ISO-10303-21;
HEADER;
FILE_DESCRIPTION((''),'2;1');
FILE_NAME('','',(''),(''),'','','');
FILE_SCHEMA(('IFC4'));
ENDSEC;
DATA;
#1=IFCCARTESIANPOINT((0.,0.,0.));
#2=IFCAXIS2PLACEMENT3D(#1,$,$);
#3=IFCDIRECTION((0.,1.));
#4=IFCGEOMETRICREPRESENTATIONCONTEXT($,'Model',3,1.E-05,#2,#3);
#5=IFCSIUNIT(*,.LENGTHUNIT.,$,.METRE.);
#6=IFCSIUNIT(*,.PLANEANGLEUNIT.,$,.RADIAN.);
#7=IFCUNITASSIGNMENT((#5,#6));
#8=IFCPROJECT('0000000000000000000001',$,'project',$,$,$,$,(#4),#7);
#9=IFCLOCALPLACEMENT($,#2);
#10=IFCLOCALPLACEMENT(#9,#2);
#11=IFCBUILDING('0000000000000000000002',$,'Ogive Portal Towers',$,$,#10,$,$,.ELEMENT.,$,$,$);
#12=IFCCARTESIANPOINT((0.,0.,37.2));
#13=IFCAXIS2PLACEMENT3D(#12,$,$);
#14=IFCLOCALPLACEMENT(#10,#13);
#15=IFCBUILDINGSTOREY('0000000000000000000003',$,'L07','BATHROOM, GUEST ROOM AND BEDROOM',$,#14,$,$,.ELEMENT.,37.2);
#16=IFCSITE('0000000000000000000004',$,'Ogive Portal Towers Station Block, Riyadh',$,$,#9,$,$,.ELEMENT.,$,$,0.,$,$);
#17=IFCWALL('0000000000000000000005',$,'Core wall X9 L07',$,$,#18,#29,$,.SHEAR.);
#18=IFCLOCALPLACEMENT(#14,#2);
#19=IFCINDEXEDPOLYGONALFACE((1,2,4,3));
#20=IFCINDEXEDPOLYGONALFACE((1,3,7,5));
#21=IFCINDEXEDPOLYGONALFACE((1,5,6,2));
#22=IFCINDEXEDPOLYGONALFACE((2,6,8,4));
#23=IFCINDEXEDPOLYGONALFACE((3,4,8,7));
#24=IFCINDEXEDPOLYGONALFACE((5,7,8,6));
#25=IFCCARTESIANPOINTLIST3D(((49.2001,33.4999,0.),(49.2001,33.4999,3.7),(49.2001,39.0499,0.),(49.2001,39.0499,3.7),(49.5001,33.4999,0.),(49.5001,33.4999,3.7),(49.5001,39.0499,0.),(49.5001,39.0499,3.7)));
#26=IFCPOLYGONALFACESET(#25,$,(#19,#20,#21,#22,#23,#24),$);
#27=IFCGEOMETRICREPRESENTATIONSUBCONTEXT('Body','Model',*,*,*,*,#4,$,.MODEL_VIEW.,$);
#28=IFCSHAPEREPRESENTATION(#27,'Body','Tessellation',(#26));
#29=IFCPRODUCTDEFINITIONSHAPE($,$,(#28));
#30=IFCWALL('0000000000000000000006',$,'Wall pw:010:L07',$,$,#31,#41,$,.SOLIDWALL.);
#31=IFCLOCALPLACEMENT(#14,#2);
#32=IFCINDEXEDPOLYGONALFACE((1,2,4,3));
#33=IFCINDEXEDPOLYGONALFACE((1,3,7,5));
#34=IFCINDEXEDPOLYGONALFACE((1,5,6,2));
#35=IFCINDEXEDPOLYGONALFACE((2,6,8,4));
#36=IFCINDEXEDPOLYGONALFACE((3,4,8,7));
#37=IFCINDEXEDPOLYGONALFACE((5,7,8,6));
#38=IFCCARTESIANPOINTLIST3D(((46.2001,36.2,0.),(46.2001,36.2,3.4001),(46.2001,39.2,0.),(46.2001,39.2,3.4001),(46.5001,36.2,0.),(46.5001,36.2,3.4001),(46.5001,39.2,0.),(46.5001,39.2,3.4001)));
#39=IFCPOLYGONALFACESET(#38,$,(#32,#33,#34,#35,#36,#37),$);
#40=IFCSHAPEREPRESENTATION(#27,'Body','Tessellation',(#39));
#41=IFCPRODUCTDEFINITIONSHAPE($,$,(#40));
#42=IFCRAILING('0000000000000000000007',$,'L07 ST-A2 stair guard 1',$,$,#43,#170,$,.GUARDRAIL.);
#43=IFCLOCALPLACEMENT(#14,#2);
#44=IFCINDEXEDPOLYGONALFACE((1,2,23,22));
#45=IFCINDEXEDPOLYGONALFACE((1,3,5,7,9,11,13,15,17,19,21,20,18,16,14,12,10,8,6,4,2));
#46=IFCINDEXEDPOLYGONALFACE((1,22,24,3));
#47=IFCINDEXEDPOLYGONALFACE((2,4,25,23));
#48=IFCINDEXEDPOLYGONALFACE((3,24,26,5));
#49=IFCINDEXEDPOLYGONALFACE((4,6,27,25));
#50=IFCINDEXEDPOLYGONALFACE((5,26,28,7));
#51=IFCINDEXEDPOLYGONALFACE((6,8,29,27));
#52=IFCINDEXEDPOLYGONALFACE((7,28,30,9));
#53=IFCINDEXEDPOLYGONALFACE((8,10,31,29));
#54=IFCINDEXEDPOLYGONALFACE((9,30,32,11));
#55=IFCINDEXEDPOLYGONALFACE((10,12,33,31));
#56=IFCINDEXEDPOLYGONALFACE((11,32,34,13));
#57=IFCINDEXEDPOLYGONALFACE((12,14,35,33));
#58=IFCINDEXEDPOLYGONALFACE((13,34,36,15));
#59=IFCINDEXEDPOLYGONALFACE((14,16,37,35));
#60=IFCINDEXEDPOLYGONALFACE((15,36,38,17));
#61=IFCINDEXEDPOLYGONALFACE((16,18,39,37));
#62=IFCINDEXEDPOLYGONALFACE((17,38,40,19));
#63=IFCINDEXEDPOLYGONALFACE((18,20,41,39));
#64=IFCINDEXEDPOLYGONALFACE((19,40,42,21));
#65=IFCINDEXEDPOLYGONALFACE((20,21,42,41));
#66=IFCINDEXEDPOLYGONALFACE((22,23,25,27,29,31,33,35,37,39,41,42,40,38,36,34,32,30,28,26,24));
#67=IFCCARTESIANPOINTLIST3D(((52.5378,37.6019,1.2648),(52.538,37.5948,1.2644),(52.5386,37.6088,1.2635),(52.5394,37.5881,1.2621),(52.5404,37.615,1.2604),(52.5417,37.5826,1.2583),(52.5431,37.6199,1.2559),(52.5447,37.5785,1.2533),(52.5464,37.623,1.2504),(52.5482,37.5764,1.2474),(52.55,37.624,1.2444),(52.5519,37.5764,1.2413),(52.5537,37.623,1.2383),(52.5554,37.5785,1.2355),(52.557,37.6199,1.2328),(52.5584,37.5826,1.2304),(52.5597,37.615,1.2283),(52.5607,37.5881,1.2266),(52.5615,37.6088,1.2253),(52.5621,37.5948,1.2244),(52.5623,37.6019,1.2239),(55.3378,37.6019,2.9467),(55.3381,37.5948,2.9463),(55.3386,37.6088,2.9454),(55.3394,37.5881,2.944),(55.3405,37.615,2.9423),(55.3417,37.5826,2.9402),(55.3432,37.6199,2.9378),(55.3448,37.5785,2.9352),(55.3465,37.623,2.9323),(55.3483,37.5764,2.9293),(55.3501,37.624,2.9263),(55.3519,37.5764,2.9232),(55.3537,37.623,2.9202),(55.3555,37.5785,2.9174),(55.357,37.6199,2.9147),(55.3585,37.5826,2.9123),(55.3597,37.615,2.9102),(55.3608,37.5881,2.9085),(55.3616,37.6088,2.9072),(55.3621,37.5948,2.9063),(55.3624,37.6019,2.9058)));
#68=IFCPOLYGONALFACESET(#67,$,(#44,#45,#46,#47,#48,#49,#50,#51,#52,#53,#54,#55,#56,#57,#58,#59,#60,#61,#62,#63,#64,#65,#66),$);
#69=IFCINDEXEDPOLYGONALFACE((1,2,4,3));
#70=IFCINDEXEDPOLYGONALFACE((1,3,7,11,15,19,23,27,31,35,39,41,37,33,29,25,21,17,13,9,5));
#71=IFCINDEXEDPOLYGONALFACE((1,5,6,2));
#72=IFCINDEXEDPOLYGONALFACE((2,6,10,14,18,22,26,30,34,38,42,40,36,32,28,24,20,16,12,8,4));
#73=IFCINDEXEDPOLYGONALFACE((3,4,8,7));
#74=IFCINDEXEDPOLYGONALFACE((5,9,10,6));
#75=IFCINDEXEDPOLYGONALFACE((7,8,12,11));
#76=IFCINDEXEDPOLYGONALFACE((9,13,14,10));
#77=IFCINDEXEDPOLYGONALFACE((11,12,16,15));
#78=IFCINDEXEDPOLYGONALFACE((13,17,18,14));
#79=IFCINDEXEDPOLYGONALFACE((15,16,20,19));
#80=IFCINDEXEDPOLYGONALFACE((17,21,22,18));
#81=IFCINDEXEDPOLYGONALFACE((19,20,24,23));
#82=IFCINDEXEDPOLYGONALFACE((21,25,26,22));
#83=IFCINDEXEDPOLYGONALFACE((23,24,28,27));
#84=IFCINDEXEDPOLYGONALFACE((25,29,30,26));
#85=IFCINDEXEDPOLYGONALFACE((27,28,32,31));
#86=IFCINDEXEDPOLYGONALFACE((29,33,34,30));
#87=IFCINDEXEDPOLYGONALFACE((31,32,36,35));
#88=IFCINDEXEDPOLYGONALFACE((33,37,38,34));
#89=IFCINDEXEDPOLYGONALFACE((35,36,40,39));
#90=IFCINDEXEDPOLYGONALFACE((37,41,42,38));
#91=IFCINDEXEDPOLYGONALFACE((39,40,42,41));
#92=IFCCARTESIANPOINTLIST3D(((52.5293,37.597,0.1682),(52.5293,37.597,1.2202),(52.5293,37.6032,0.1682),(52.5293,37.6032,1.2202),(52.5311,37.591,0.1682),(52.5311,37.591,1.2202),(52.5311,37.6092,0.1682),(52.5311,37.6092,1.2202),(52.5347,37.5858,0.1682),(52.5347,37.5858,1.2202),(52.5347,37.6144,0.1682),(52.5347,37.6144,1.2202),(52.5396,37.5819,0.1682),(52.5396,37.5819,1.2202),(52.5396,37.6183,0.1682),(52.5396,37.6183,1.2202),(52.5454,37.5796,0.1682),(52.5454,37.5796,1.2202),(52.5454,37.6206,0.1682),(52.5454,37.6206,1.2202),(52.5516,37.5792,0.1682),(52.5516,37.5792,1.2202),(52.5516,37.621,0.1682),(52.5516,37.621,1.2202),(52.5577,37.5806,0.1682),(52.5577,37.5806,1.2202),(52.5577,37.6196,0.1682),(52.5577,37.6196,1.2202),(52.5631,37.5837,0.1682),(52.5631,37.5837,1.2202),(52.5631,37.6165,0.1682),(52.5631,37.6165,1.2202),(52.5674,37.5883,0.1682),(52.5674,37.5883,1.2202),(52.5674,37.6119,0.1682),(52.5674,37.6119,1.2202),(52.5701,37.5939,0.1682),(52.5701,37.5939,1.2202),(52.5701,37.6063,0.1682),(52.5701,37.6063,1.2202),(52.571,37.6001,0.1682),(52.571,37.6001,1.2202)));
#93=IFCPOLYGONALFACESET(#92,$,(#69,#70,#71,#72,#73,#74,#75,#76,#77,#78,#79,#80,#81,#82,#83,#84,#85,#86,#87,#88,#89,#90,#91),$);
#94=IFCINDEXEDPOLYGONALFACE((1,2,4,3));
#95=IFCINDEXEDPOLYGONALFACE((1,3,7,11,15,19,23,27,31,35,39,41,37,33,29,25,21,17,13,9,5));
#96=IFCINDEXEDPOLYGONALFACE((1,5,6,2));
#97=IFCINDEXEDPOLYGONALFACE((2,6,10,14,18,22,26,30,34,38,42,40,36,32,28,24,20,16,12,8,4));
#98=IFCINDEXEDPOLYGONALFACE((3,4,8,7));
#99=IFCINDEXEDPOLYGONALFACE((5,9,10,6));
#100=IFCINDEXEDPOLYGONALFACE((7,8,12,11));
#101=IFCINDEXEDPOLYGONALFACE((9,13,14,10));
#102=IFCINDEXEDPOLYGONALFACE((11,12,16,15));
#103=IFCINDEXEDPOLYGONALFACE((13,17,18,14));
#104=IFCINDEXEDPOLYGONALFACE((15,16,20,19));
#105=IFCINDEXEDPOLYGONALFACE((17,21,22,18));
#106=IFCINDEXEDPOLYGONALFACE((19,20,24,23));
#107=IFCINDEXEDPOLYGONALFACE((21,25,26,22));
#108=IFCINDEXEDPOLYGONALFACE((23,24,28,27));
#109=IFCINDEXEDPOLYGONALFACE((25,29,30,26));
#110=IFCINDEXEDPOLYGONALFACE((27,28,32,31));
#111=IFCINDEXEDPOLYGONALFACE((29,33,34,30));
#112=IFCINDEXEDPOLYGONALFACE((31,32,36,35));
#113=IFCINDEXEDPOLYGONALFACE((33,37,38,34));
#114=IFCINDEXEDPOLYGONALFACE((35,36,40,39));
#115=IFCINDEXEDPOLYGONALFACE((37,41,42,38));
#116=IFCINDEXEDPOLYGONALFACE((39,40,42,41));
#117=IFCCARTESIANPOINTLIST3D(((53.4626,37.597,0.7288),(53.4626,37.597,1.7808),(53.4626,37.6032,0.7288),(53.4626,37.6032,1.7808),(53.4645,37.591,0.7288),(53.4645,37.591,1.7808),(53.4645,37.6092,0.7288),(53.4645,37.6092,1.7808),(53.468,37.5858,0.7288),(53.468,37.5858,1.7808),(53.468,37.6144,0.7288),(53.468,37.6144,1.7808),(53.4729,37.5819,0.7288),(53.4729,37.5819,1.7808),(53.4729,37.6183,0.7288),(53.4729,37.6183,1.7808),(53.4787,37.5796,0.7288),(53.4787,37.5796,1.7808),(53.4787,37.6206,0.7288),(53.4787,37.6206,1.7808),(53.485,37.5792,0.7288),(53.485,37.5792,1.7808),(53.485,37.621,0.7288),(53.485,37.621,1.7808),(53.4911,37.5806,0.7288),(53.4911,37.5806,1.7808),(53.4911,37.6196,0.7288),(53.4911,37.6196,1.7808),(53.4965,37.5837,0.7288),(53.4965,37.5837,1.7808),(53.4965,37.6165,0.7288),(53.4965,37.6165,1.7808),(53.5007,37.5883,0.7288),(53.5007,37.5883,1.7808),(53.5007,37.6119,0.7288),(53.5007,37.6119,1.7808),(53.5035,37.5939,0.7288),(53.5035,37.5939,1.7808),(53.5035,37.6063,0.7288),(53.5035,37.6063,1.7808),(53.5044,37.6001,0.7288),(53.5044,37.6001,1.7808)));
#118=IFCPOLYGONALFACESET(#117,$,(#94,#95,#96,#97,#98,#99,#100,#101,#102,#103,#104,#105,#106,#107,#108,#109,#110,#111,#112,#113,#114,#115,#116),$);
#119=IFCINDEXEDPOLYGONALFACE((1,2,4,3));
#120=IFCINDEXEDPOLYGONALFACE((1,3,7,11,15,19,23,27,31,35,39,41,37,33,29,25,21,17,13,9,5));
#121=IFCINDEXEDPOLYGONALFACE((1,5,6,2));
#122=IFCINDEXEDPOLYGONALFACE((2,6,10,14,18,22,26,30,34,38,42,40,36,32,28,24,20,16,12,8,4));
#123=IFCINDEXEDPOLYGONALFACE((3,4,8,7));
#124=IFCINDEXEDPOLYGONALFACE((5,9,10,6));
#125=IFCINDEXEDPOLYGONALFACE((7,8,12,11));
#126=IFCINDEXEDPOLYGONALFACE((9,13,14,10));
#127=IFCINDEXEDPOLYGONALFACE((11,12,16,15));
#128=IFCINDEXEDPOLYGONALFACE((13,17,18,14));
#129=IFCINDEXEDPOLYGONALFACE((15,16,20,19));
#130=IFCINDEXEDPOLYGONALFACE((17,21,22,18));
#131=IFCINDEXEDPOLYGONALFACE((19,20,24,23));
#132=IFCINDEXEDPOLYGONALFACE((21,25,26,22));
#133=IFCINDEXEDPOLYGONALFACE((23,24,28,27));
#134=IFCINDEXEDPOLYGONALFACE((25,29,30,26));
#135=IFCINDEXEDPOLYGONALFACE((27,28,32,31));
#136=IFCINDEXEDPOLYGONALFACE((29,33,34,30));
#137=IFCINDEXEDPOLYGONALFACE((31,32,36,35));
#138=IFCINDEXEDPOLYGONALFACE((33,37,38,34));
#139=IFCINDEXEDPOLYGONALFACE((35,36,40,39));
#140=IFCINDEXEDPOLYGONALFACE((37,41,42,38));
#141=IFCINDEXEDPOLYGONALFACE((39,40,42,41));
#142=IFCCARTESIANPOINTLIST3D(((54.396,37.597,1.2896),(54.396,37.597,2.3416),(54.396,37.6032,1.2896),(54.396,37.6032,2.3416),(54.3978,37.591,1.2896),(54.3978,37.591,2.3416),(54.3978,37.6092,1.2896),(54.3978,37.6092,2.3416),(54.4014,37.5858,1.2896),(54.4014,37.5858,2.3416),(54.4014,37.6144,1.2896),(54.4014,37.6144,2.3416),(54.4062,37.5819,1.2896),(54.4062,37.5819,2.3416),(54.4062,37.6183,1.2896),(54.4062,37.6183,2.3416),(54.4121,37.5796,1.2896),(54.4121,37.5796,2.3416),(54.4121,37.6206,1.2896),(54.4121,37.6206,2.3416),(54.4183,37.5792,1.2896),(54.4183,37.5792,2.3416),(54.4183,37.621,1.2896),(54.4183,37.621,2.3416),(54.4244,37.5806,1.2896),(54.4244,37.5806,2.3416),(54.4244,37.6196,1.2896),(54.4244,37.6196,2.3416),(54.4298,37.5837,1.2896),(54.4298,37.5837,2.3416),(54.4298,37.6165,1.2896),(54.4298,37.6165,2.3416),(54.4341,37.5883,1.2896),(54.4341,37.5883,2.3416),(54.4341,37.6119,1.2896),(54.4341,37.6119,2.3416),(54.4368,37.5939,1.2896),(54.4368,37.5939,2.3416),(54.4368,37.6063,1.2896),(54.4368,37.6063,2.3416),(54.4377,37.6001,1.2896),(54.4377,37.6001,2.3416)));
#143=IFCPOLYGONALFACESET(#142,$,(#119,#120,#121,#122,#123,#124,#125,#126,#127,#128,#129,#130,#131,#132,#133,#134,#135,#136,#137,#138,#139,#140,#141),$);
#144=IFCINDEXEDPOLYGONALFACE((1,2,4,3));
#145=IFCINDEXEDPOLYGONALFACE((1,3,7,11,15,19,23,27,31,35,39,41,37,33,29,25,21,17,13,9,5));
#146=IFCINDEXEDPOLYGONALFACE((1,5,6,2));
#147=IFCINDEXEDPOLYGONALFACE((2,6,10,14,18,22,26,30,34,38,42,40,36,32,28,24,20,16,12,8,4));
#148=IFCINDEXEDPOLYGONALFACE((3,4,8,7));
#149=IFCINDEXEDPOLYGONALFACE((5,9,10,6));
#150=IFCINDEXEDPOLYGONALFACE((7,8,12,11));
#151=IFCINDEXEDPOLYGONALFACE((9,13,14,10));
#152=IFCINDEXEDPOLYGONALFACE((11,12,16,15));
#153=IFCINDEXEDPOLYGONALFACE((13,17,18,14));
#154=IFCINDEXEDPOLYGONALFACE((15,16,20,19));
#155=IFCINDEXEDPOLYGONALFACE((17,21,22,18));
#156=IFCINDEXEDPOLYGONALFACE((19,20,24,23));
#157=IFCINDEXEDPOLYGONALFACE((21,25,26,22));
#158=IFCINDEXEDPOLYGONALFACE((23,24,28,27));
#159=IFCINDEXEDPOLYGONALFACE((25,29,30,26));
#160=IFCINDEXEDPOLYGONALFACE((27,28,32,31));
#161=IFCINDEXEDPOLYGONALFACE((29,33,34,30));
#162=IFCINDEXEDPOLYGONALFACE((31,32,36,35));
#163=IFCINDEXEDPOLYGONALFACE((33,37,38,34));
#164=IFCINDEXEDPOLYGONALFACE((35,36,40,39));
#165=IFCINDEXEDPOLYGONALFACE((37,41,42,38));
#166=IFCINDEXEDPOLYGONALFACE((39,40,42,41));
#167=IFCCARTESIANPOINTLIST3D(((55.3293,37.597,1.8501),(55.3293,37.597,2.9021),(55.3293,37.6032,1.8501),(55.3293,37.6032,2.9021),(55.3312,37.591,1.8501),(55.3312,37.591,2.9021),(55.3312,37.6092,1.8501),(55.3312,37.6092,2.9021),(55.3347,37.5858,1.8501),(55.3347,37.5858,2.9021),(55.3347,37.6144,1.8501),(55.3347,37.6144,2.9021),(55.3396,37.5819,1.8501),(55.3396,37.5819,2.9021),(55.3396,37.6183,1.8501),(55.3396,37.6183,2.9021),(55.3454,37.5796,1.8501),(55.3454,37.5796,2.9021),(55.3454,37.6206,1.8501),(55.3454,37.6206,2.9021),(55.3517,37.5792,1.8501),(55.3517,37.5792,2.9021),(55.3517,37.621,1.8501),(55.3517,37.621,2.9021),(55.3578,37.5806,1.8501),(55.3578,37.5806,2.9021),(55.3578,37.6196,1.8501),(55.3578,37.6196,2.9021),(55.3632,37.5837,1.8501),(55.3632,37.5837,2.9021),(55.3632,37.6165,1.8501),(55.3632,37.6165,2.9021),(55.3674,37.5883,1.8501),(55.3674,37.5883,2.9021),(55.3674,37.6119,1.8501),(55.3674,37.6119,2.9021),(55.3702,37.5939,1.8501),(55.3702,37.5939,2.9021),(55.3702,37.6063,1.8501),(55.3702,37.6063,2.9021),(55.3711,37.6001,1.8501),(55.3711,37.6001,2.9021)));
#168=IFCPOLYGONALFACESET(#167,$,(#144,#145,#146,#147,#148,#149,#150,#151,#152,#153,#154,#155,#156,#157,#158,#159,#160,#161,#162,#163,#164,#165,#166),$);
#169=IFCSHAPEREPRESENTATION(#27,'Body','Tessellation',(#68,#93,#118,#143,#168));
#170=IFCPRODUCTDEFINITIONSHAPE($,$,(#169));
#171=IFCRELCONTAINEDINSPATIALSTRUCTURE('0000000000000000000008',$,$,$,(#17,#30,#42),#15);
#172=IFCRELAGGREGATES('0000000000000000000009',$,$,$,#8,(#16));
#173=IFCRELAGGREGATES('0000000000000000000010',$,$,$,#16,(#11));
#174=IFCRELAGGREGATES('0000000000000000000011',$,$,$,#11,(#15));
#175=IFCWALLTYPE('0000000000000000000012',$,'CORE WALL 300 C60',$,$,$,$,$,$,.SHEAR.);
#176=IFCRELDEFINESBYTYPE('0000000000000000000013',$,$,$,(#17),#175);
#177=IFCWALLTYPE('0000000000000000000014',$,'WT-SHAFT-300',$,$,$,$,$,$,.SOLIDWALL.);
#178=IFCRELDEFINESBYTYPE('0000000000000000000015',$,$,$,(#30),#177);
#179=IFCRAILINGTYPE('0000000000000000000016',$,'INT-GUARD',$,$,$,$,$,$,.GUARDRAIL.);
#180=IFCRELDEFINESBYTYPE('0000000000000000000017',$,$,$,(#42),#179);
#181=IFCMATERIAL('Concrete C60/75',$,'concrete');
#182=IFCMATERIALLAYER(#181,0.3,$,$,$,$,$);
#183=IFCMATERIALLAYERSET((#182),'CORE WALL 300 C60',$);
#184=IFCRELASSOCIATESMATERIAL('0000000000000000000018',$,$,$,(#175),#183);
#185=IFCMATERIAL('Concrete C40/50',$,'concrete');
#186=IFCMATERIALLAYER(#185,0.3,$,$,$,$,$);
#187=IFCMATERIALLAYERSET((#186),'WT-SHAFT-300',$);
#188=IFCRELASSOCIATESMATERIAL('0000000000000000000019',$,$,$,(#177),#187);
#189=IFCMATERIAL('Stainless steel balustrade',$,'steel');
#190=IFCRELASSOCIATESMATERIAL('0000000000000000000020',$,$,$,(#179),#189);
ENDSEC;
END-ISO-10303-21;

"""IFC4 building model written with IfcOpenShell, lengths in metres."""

from ifc_helpers import new_model, si_unit, direction, frame, frame_2d, origin, origin_2d, place, context, subcontext, project, spatial, rectangle, circle, extrude, material, layer, layer_set, type_object, element, save


model = new_model("IFC4")

# Units and contexts
model_context = context("Model", 3, precision=1e-05, world=origin(), true_north=direction((0.0, 1.0)))
body_context = subcontext(model_context, "Body", "Model", "MODEL_VIEW")
ifc_project = project(units=[si_unit("LENGTHUNIT", "METRE"), si_unit("PLANEANGLEUNIT", "RADIAN")], contexts=[model_context])

# Site, building, storey
site_placement = place(None, origin())
site = spatial("IfcSite", under=ifc_project, at=site_placement, Name="Ogive Portal Towers Station Block, Riyadh", CompositionType="ELEMENT", RefElevation=0.0)
building_placement = place(site_placement, origin())
building = spatial("IfcBuilding", under=site, at=building_placement, Name="Ogive Portal Towers", CompositionType="ELEMENT")
storey_placement = place(building_placement, frame((0.0, 0.0, 37.2)))
storey = spatial("IfcBuildingStorey", under=building, at=storey_placement, Name="L07", Description="BATHROOM, GUEST ROOM AND BEDROOM", CompositionType="ELEMENT", Elevation=37.2)

# Shared definitions
ifc_material_1 = material(Name="Concrete C60/75", Category="concrete")
ifc_layer_1 = layer(ifc_material_1, 0.3)
ifc_layer_set_1 = layer_set([ifc_layer_1], Name="CORE WALL 300 C60")
wall_type_1 = type_object("IfcWallType", Name="CORE WALL 300 C60", PredefinedType="SHEAR", material=ifc_layer_set_1)

# Wall
wall_1_placement = place(storey_placement, frame((49.3501, 33.5, 0.0), z_axis=(0.0, 0.0, 1.0), x_axis=(0.0, 1.0, 0.0)))
element("IfcWall", 1, at=wall_1_placement, inside=storey, type_object=wall_type_1, Name="Core wall X9 L07", PredefinedType="SHEAR", context=body_context, shape_type="SweptSolid", body=[
    extrude(rectangle(XDim=5.55, YDim=0.3, at=frame_2d((2.7749, 0.0))), origin(), (0.0, 0.0, 1.0), 3.7),
])

# Wall
ifc_material_2 = material(Name="Concrete C40/50", Category="concrete")
ifc_layer_2 = layer(ifc_material_2, 0.3)
ifc_layer_set_2 = layer_set([ifc_layer_2], Name="WT-SHAFT-300")
wall_type_2 = type_object("IfcWallType", Name="WT-SHAFT-300", PredefinedType="SOLIDWALL", material=ifc_layer_set_2)
wall_2_placement = place(storey_placement, frame((46.3501, 36.2, 0.0), z_axis=(0.0, 0.0, 1.0), x_axis=(0.0, 1.0, 0.0)))
element("IfcWall", 2, at=wall_2_placement, inside=storey, type_object=wall_type_2, Name="Wall pw:010:L07", PredefinedType="SOLIDWALL", context=body_context, shape_type="SweptSolid", body=[
    extrude(rectangle(XDim=3.0, YDim=0.3, at=frame_2d((1.5, 0.0))), origin(), (0.0, 0.0, 1.0), 3.4001),
])

# Railing
ifc_material_3 = material(Name="Stainless steel balustrade", Category="steel")
railing_type_1 = type_object("IfcRailingType", Name="INT-GUARD", PredefinedType="GUARDRAIL", material=ifc_material_3)
railing_1_placement = place(storey_placement, frame((52.55, 37.6001, 0.1682)))
element("IfcRailing", 3, at=railing_1_placement, inside=storey, type_object=railing_type_1, Name="L07 ST-A2 stair guard 1", PredefinedType="GUARDRAIL", context=body_context, shape_type="SweptSolid", body=[
    extrude(circle(Radius=0.0239, at=origin_2d()), frame((0.0, 0.0, 1.0762), z_axis=(0.857242, 0.0, 0.514913), x_axis=(0.0, 1.0, 0.0)), (0.0, 0.0, 1.0), 3.2664),
    extrude(circle(Radius=0.021, at=origin_2d()), origin(), (0.0, 0.0, 1.0), 1.052),
    extrude(circle(Radius=0.021, at=origin_2d()), frame((0.9333, 0.0, 0.5605)), (0.0, 0.0, 1.0), 1.052),
    extrude(circle(Radius=0.021, at=origin_2d()), frame((1.8667, 0.0, 1.1213)), (0.0, 0.0, 1.0), 1.052),
    extrude(circle(Radius=0.021, at=origin_2d()), frame((2.8, 0.0, 1.6819)), (0.0, 0.0, 1.0), 1.052),
])

save(model, "model.ifc")
